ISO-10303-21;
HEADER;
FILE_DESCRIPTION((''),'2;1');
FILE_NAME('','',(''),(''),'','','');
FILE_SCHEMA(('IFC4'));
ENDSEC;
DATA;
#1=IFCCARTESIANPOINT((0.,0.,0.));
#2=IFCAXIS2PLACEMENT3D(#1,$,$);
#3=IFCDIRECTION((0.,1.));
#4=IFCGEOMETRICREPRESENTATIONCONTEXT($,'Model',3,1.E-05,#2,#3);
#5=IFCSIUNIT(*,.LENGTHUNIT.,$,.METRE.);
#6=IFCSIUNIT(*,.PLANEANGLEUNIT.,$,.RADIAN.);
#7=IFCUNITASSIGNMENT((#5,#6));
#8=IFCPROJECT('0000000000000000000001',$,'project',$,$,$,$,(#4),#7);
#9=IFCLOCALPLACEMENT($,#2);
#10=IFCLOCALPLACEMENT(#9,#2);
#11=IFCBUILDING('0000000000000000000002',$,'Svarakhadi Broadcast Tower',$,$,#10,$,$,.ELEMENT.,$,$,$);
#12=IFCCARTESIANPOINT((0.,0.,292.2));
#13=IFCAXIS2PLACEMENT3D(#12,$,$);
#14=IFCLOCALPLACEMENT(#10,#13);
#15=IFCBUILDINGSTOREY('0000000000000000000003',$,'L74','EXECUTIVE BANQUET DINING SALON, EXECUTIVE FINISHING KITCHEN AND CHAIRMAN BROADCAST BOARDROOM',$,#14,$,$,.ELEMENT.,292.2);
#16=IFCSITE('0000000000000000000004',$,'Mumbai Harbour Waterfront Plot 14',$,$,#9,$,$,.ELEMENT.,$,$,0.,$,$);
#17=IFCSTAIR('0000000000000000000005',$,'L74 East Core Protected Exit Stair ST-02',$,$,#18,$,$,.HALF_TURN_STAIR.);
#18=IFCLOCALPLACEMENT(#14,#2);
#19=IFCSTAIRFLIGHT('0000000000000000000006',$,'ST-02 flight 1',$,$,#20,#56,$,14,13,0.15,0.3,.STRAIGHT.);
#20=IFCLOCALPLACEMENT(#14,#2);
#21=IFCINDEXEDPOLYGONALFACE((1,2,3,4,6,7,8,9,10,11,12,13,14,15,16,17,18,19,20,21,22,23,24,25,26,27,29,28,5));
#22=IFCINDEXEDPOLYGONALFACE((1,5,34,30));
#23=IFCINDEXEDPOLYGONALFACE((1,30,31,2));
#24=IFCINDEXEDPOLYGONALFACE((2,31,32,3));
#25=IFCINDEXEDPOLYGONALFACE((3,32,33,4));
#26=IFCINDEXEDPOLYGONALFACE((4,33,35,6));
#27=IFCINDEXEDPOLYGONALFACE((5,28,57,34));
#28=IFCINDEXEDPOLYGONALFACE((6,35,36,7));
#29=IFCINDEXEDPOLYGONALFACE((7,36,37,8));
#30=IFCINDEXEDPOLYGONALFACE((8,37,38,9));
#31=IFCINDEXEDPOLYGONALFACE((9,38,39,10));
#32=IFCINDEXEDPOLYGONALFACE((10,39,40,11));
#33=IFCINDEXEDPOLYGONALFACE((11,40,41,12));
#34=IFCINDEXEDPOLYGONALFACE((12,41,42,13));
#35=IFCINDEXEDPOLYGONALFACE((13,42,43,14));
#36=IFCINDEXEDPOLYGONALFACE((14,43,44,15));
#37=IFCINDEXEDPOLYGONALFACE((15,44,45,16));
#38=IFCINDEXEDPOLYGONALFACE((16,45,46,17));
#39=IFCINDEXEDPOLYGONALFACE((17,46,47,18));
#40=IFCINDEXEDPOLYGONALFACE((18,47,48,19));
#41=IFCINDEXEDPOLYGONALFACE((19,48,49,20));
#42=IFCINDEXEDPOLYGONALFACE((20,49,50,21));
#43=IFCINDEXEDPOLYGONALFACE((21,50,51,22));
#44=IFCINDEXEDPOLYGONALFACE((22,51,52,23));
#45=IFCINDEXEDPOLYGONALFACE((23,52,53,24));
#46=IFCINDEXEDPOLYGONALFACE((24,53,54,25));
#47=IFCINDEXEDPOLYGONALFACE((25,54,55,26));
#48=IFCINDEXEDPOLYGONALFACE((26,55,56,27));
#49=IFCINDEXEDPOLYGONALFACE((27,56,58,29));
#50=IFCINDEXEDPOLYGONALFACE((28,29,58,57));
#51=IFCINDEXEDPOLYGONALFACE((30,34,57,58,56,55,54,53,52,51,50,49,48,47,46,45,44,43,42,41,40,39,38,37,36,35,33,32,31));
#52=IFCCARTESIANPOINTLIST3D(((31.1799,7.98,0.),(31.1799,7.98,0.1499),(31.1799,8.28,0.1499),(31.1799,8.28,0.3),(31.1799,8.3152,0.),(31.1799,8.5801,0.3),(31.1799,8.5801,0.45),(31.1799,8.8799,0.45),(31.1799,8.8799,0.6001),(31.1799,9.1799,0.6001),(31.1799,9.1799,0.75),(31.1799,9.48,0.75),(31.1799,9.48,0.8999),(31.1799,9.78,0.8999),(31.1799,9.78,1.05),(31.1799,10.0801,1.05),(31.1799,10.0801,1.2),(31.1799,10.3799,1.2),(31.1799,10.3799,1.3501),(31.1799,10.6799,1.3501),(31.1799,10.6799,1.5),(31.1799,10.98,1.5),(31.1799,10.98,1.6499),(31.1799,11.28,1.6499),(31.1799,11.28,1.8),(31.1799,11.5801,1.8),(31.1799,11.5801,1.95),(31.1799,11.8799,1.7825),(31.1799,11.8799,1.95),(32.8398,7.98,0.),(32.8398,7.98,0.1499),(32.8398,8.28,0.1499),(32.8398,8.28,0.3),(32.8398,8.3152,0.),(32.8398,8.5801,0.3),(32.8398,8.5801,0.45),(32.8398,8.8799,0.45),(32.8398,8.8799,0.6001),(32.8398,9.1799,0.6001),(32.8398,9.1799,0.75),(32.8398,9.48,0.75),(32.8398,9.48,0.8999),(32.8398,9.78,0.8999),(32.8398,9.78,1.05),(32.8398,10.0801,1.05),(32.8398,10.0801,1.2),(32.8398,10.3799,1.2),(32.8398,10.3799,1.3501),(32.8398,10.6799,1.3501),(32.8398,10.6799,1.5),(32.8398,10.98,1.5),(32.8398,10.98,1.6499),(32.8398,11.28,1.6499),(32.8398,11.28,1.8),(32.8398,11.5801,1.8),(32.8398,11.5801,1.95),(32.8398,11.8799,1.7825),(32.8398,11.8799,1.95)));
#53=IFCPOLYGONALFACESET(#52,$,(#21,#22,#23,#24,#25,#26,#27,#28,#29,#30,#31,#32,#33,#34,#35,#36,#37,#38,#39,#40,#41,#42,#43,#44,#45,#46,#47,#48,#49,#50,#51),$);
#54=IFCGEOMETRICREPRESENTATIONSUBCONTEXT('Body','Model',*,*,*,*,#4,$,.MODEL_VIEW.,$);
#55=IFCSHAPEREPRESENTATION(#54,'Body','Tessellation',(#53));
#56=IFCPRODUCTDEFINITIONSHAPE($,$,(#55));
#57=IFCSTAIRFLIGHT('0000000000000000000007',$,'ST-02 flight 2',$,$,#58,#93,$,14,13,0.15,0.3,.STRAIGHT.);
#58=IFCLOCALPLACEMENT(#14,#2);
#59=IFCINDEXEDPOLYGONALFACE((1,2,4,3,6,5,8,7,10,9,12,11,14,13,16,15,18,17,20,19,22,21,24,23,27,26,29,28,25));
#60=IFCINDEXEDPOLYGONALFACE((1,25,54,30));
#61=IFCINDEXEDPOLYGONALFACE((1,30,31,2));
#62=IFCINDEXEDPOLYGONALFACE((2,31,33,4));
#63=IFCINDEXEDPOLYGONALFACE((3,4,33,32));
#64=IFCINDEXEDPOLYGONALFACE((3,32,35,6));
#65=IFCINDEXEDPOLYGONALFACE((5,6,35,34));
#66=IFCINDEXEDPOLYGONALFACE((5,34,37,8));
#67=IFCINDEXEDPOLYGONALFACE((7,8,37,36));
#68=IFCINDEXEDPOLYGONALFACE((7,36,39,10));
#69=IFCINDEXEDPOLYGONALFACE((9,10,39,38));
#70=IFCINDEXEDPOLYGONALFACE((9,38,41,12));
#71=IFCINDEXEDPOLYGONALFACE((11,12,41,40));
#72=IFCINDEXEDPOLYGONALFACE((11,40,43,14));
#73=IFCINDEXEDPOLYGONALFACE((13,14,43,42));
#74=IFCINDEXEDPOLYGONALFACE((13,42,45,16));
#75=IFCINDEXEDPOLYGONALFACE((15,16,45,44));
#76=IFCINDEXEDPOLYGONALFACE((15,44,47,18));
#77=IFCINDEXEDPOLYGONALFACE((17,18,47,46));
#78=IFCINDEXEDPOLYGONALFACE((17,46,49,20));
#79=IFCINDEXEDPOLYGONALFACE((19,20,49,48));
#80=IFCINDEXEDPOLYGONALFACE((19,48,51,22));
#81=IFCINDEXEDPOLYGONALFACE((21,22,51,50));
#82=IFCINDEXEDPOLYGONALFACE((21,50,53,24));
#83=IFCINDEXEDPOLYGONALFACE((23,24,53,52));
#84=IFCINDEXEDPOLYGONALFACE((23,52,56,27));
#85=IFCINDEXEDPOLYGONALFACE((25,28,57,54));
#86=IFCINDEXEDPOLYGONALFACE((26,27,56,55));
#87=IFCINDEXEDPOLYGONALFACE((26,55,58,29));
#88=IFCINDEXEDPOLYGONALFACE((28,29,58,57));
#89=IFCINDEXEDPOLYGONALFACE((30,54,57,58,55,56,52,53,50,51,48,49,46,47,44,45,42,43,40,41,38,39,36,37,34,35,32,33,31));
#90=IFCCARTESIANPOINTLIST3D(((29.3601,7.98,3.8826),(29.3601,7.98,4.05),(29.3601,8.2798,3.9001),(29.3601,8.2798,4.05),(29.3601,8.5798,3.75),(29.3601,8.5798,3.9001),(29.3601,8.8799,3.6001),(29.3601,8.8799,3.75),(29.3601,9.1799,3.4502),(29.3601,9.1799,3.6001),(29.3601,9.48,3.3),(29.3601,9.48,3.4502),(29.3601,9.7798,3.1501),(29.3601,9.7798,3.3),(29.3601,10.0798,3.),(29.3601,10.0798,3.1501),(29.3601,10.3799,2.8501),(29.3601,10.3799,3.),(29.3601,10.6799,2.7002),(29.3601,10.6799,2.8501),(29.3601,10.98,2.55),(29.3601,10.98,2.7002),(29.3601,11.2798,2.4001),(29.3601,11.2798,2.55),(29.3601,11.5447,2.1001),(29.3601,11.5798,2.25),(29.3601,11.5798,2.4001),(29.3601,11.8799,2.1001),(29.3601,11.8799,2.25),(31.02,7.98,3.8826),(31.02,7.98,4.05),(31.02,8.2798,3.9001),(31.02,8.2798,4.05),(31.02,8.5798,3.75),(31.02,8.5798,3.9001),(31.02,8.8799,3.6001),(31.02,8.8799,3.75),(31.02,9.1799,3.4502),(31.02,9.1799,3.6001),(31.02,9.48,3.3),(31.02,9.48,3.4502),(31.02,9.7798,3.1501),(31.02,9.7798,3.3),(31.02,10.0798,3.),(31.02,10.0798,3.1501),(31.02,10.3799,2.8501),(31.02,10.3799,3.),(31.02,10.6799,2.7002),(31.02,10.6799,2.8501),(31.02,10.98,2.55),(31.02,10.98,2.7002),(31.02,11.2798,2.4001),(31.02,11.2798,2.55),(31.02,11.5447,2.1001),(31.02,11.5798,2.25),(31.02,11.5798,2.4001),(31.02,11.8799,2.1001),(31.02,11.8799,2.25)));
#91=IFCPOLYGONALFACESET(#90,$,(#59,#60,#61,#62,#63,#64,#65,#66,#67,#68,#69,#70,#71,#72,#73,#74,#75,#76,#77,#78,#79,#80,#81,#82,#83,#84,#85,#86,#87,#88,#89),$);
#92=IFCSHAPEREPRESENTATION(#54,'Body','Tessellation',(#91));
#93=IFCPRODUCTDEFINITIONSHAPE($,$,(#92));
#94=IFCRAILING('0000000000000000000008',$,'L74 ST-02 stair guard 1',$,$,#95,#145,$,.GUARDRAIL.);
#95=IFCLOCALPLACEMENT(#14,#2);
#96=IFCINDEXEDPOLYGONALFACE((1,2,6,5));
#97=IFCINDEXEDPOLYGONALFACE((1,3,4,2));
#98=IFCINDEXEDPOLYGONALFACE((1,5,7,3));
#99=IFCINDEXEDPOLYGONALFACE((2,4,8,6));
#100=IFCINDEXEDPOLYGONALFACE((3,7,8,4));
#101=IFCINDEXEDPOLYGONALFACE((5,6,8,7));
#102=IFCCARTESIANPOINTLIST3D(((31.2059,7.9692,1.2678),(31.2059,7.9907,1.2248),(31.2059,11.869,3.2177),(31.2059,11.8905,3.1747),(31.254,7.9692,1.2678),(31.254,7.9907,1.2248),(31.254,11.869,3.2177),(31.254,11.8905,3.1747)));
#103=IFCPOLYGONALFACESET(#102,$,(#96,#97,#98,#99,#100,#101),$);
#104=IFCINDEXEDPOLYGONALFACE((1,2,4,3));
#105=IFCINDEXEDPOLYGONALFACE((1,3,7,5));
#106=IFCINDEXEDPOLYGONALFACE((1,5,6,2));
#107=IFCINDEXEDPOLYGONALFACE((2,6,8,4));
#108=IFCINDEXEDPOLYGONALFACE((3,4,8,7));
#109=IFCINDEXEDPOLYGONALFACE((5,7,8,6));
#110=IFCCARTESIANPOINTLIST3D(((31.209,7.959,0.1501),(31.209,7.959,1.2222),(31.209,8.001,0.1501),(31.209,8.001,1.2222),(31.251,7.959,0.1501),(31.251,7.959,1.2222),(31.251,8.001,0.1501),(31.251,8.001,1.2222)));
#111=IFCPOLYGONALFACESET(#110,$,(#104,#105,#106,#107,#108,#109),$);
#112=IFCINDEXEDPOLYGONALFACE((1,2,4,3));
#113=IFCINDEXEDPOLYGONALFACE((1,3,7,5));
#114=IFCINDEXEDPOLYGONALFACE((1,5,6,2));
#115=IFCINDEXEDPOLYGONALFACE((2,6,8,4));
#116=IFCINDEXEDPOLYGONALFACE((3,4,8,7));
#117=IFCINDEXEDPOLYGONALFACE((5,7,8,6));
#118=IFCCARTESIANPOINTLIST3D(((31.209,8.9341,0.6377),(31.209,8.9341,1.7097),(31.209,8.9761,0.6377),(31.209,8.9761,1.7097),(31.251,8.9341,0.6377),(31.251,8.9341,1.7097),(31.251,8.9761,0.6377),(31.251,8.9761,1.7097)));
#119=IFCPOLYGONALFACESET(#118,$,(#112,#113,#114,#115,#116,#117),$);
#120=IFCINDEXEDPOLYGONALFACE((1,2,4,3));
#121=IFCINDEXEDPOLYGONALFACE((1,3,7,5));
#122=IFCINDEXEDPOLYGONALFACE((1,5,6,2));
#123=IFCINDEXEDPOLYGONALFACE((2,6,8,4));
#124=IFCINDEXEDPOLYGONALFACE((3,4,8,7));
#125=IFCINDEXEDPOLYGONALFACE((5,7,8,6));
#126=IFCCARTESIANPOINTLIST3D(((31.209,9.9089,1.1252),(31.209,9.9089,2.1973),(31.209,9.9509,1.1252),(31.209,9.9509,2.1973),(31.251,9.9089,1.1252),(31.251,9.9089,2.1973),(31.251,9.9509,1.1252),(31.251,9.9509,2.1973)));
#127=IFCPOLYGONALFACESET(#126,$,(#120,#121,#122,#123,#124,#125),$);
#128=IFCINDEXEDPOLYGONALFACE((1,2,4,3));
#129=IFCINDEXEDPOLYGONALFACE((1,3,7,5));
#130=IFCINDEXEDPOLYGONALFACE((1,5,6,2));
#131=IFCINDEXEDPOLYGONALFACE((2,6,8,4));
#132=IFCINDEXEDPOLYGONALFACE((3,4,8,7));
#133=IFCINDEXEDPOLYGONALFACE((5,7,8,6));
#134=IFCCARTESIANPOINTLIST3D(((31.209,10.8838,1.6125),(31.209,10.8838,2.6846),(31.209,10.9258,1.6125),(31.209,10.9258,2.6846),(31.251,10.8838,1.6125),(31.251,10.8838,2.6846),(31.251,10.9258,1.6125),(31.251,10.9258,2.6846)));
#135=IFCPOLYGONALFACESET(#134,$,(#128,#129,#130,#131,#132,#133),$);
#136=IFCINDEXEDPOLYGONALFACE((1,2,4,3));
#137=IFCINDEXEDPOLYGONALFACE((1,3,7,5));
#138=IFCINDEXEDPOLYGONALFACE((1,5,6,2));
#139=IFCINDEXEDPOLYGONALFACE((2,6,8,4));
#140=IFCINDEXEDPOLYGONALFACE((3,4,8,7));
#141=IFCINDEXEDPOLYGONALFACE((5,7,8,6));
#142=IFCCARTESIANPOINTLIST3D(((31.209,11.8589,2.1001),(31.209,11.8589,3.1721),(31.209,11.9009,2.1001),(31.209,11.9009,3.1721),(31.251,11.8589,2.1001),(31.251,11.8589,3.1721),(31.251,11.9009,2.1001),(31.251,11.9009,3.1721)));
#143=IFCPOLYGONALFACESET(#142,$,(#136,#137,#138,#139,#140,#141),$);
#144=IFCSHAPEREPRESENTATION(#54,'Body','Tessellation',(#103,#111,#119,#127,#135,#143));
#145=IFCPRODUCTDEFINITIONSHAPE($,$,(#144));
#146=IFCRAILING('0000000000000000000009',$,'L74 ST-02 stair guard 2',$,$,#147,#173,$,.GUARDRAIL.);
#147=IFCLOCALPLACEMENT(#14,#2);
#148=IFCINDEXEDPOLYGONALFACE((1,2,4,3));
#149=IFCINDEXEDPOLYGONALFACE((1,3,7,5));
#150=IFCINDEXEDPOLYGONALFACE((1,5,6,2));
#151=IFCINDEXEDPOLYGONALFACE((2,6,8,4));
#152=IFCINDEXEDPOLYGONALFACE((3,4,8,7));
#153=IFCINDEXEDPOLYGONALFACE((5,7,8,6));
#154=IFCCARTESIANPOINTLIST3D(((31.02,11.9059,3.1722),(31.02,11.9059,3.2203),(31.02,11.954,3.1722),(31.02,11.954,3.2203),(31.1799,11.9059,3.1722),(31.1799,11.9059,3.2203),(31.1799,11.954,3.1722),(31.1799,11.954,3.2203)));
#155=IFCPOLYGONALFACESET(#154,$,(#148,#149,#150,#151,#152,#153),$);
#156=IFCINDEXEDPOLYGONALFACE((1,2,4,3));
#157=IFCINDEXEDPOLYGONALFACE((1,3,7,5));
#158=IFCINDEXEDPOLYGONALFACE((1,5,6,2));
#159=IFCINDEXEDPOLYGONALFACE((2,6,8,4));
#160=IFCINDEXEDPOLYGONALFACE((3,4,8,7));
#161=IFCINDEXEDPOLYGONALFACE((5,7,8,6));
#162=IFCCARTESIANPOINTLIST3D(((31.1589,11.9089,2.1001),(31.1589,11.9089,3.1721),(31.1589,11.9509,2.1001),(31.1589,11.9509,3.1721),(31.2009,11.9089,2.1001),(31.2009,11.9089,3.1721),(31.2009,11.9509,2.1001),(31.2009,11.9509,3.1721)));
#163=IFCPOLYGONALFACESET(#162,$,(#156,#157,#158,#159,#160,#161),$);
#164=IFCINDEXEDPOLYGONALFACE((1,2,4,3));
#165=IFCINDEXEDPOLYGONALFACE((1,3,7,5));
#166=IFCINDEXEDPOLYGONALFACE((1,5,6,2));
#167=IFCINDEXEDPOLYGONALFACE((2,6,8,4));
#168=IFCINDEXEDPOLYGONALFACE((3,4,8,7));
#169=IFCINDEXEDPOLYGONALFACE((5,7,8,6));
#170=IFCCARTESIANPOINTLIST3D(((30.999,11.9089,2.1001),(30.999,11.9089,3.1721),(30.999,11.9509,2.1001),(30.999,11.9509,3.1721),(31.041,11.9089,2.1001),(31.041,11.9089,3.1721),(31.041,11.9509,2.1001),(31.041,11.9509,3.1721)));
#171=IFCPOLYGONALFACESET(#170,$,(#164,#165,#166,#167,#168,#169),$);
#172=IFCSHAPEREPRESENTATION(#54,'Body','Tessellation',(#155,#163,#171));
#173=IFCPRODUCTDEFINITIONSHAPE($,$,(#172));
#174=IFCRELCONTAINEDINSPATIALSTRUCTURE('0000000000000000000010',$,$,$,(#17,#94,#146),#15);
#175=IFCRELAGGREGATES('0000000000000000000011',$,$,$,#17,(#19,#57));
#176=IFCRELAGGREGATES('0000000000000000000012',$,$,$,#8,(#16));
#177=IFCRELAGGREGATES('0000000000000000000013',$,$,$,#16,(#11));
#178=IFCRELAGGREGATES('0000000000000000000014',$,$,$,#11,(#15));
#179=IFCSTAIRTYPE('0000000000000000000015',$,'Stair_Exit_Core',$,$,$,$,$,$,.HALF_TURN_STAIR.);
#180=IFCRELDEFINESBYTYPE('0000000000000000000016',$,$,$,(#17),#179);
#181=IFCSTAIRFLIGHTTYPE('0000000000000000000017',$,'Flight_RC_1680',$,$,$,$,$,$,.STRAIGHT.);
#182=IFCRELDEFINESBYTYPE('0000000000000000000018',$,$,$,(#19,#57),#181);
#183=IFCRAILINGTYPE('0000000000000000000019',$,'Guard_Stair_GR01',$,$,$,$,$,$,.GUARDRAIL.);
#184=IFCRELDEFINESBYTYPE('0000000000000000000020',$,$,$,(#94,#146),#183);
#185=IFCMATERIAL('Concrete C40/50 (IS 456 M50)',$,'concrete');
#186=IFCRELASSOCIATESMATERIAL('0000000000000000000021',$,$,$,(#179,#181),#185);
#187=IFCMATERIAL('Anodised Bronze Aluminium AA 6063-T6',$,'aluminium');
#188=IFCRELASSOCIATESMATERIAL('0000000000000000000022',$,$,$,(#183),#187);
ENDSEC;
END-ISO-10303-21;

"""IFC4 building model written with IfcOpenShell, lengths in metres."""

from ifc_helpers import new_model, si_unit, direction, frame, origin, origin_2d, place, context, subcontext, project, spatial, polyline, rectangle, outline, extrude, material, type_object, element, aggregate, save


model = new_model("IFC4")

# Units and contexts
model_context = context("Model", 3, precision=1e-05, world=origin(), true_north=direction((0.0, 1.0)))
body_context = subcontext(model_context, "Body", "Model", "MODEL_VIEW")
ifc_project = project(units=[si_unit("LENGTHUNIT", "METRE"), si_unit("PLANEANGLEUNIT", "RADIAN")], contexts=[model_context])

# Site, building, storey
site_placement = place(None, origin())
site = spatial("IfcSite", under=ifc_project, at=site_placement, Name="Mumbai Harbour Waterfront Plot 14", CompositionType="ELEMENT", RefElevation=0.0)
building_placement = place(site_placement, origin())
building = spatial("IfcBuilding", under=site, at=building_placement, Name="Svarakhadi Broadcast Tower", CompositionType="ELEMENT")
storey_placement = place(building_placement, frame((0.0, 0.0, 292.2)))
storey = spatial("IfcBuildingStorey", under=building, at=storey_placement, Name="L74", Description="EXECUTIVE BANQUET DINING SALON, EXECUTIVE FINISHING KITCHEN AND CHAIRMAN BROADCAST BOARDROOM", CompositionType="ELEMENT", Elevation=292.2)

# Shared definitions
ifc_material_1 = material(Name="Anodised Bronze Aluminium AA 6063-T6", Category="aluminium")

# Shared definitions
ifc_material_2 = material(Name="Concrete C40/50 (IS 456 M50)", Category="concrete")

# Stair, stair flights
stair_type = type_object("IfcStairType", Name="Stair_Exit_Core", PredefinedType="HALF_TURN_STAIR", material=ifc_material_2)
stair_placement = place(storey_placement, origin())
stair = element("IfcStair", 1, at=stair_placement, inside=storey, type_object=stair_type, Name="L74 East Core Protected Exit Stair ST-02", PredefinedType="HALF_TURN_STAIR")
stair_flight_type = type_object("IfcStairFlightType", Name="Flight_RC_1680", PredefinedType="STRAIGHT", material=ifc_material_2)
stair_flight_1_placement = place(storey_placement, frame((32.01, 7.98, 0.0), z_axis=(0.0, 0.0, 1.0), x_axis=(0.0, 1.0, 0.0)))
stair_flight_1 = element("IfcStairFlight", 2, at=stair_flight_1_placement, type_object=stair_flight_type, Name="ST-02 flight 1", NumberOfRisers=14, NumberOfTreads=13, PredefinedType="STRAIGHT", RiserHeight=0.15, TreadLength=0.3, context=body_context, shape_type="SweptSolid", body=[
    extrude(outline(polyline([(0.0, 0.0), (0.0, 0.1499), (0.3, 0.1499), (0.3, 0.3), (0.6001, 0.3), (0.6001, 0.45), (0.8999, 0.45), (0.8999, 0.6001), (1.2, 0.6001), (1.2, 0.75), (1.5, 0.75), (1.5, 0.8999), (1.8, 0.8999), (1.8, 1.05), (2.1001, 1.05), (2.1001, 1.2), (2.3999, 1.2), (2.3999, 1.3501), (2.7, 1.3501), (2.7, 1.5), (3.0, 1.5), (3.0, 1.6499), (3.3, 1.6499), (3.3, 1.8), (3.6001, 1.8), (3.6001, 1.95), (3.8999, 1.95), (3.8999, 2.1001), (3.8999, 1.7825), (0.3352, 0.0), (0.0, 0.0)])), frame((0.0, 0.8301, 0.0), z_axis=(0.0, -1.0, 0.0), x_axis=(1.0, 0.0, 0.0)), (0.0, 0.0, 1.0), 1.6599),
])
stair_flight_2_placement = place(storey_placement, frame((30.1899, 11.8799, 2.1001), z_axis=(0.0, 0.0, 1.0), x_axis=(0.0, -1.0, 0.0)))
stair_flight_2 = element("IfcStairFlight", 3, at=stair_flight_2_placement, type_object=stair_flight_type, Name="ST-02 flight 2", NumberOfRisers=14, NumberOfTreads=13, PredefinedType="STRAIGHT", RiserHeight=0.15, TreadLength=0.3, context=body_context, shape_type="SweptSolid", body=[
    extrude(outline(polyline([(0.0, 0.0), (0.0, 0.1499), (0.3, 0.1499), (0.3, 0.3), (0.6001, 0.3), (0.6001, 0.45), (0.8999, 0.45), (0.8999, 0.6001), (1.2, 0.6001), (1.2, 0.75), (1.5, 0.75), (1.5, 0.8999), (1.8, 0.8999), (1.8, 1.05), (2.1001, 1.05), (2.1001, 1.2), (2.3999, 1.2), (2.3999, 1.3501), (2.7, 1.3501), (2.7, 1.5), (3.0, 1.5), (3.0, 1.6499), (3.3, 1.6499), (3.3, 1.8), (3.6001, 1.8), (3.6001, 1.95), (3.8999, 1.95), (3.8999, 2.1001), (3.8999, 1.7825), (0.3352, 0.0), (0.0, 0.0)])), frame((0.0, 0.8301, 0.0), z_axis=(0.0, -1.0, 0.0), x_axis=(1.0, 0.0, 0.0)), (0.0, 0.0, 1.0), 1.6599),
])
aggregate(stair, [stair_flight_1, stair_flight_2])

# Railings
railing_type_1 = type_object("IfcRailingType", Name="Guard_Stair_GR01", PredefinedType="GUARDRAIL", material=ifc_material_1)
railing_1_placement = place(storey_placement, frame((31.23, 7.98, 0.1501)))
element("IfcRailing", 4, at=railing_1_placement, inside=storey, type_object=railing_type_1, Name="L74 ST-02 stair guard 1", PredefinedType="GUARDRAIL", context=body_context, shape_type="SweptSolid", body=[
    extrude(rectangle(XDim=0.0481, YDim=0.0481, at=origin_2d()), frame((0.0, 0.0, 1.0962), z_axis=(0.0, 0.894427, 0.447214), x_axis=(-1.0, 0.0, 0.0)), (0.0, 0.0, 1.0), 4.3601),
    extrude(rectangle(XDim=0.042, YDim=0.042, at=origin_2d()), origin(), (0.0, 0.0, 1.0), 1.072),
    extrude(rectangle(XDim=0.042, YDim=0.042, at=origin_2d()), frame((0.0, 0.9751, 0.4875)), (0.0, 0.0, 1.0), 1.072),
    extrude(rectangle(XDim=0.042, YDim=0.042, at=origin_2d()), frame((0.0, 1.95, 0.9751)), (0.0, 0.0, 1.0), 1.072),
    extrude(rectangle(XDim=0.042, YDim=0.042, at=origin_2d()), frame((0.0, 2.9248, 1.4624)), (0.0, 0.0, 1.0), 1.072),
    extrude(rectangle(XDim=0.042, YDim=0.042, at=origin_2d()), frame((0.0, 3.8999, 1.95)), (0.0, 0.0, 1.0), 1.072),
])
railing_2_placement = place(storey_placement, frame((31.1799, 11.9299, 2.1001)))
element("IfcRailing", 5, at=railing_2_placement, inside=storey, type_object=railing_type_1, Name="L74 ST-02 stair guard 2", PredefinedType="GUARDRAIL", context=body_context, shape_type="SweptSolid", body=[
    extrude(rectangle(XDim=0.0481, YDim=0.0481, at=origin_2d()), frame((0.0, 0.0, 1.0962), z_axis=(-1.0, 0.0, 0.0), x_axis=(0.0, -1.0, 0.0)), (0.0, 0.0, 1.0), 0.1599),
    extrude(rectangle(XDim=0.042, YDim=0.042, at=origin_2d()), origin(), (0.0, 0.0, 1.0), 1.072),
    extrude(rectangle(XDim=0.042, YDim=0.042, at=origin_2d()), frame((-0.1599, 0.0, 0.0)), (0.0, 0.0, 1.0), 1.072),
])

save(model, "model.ifc")
